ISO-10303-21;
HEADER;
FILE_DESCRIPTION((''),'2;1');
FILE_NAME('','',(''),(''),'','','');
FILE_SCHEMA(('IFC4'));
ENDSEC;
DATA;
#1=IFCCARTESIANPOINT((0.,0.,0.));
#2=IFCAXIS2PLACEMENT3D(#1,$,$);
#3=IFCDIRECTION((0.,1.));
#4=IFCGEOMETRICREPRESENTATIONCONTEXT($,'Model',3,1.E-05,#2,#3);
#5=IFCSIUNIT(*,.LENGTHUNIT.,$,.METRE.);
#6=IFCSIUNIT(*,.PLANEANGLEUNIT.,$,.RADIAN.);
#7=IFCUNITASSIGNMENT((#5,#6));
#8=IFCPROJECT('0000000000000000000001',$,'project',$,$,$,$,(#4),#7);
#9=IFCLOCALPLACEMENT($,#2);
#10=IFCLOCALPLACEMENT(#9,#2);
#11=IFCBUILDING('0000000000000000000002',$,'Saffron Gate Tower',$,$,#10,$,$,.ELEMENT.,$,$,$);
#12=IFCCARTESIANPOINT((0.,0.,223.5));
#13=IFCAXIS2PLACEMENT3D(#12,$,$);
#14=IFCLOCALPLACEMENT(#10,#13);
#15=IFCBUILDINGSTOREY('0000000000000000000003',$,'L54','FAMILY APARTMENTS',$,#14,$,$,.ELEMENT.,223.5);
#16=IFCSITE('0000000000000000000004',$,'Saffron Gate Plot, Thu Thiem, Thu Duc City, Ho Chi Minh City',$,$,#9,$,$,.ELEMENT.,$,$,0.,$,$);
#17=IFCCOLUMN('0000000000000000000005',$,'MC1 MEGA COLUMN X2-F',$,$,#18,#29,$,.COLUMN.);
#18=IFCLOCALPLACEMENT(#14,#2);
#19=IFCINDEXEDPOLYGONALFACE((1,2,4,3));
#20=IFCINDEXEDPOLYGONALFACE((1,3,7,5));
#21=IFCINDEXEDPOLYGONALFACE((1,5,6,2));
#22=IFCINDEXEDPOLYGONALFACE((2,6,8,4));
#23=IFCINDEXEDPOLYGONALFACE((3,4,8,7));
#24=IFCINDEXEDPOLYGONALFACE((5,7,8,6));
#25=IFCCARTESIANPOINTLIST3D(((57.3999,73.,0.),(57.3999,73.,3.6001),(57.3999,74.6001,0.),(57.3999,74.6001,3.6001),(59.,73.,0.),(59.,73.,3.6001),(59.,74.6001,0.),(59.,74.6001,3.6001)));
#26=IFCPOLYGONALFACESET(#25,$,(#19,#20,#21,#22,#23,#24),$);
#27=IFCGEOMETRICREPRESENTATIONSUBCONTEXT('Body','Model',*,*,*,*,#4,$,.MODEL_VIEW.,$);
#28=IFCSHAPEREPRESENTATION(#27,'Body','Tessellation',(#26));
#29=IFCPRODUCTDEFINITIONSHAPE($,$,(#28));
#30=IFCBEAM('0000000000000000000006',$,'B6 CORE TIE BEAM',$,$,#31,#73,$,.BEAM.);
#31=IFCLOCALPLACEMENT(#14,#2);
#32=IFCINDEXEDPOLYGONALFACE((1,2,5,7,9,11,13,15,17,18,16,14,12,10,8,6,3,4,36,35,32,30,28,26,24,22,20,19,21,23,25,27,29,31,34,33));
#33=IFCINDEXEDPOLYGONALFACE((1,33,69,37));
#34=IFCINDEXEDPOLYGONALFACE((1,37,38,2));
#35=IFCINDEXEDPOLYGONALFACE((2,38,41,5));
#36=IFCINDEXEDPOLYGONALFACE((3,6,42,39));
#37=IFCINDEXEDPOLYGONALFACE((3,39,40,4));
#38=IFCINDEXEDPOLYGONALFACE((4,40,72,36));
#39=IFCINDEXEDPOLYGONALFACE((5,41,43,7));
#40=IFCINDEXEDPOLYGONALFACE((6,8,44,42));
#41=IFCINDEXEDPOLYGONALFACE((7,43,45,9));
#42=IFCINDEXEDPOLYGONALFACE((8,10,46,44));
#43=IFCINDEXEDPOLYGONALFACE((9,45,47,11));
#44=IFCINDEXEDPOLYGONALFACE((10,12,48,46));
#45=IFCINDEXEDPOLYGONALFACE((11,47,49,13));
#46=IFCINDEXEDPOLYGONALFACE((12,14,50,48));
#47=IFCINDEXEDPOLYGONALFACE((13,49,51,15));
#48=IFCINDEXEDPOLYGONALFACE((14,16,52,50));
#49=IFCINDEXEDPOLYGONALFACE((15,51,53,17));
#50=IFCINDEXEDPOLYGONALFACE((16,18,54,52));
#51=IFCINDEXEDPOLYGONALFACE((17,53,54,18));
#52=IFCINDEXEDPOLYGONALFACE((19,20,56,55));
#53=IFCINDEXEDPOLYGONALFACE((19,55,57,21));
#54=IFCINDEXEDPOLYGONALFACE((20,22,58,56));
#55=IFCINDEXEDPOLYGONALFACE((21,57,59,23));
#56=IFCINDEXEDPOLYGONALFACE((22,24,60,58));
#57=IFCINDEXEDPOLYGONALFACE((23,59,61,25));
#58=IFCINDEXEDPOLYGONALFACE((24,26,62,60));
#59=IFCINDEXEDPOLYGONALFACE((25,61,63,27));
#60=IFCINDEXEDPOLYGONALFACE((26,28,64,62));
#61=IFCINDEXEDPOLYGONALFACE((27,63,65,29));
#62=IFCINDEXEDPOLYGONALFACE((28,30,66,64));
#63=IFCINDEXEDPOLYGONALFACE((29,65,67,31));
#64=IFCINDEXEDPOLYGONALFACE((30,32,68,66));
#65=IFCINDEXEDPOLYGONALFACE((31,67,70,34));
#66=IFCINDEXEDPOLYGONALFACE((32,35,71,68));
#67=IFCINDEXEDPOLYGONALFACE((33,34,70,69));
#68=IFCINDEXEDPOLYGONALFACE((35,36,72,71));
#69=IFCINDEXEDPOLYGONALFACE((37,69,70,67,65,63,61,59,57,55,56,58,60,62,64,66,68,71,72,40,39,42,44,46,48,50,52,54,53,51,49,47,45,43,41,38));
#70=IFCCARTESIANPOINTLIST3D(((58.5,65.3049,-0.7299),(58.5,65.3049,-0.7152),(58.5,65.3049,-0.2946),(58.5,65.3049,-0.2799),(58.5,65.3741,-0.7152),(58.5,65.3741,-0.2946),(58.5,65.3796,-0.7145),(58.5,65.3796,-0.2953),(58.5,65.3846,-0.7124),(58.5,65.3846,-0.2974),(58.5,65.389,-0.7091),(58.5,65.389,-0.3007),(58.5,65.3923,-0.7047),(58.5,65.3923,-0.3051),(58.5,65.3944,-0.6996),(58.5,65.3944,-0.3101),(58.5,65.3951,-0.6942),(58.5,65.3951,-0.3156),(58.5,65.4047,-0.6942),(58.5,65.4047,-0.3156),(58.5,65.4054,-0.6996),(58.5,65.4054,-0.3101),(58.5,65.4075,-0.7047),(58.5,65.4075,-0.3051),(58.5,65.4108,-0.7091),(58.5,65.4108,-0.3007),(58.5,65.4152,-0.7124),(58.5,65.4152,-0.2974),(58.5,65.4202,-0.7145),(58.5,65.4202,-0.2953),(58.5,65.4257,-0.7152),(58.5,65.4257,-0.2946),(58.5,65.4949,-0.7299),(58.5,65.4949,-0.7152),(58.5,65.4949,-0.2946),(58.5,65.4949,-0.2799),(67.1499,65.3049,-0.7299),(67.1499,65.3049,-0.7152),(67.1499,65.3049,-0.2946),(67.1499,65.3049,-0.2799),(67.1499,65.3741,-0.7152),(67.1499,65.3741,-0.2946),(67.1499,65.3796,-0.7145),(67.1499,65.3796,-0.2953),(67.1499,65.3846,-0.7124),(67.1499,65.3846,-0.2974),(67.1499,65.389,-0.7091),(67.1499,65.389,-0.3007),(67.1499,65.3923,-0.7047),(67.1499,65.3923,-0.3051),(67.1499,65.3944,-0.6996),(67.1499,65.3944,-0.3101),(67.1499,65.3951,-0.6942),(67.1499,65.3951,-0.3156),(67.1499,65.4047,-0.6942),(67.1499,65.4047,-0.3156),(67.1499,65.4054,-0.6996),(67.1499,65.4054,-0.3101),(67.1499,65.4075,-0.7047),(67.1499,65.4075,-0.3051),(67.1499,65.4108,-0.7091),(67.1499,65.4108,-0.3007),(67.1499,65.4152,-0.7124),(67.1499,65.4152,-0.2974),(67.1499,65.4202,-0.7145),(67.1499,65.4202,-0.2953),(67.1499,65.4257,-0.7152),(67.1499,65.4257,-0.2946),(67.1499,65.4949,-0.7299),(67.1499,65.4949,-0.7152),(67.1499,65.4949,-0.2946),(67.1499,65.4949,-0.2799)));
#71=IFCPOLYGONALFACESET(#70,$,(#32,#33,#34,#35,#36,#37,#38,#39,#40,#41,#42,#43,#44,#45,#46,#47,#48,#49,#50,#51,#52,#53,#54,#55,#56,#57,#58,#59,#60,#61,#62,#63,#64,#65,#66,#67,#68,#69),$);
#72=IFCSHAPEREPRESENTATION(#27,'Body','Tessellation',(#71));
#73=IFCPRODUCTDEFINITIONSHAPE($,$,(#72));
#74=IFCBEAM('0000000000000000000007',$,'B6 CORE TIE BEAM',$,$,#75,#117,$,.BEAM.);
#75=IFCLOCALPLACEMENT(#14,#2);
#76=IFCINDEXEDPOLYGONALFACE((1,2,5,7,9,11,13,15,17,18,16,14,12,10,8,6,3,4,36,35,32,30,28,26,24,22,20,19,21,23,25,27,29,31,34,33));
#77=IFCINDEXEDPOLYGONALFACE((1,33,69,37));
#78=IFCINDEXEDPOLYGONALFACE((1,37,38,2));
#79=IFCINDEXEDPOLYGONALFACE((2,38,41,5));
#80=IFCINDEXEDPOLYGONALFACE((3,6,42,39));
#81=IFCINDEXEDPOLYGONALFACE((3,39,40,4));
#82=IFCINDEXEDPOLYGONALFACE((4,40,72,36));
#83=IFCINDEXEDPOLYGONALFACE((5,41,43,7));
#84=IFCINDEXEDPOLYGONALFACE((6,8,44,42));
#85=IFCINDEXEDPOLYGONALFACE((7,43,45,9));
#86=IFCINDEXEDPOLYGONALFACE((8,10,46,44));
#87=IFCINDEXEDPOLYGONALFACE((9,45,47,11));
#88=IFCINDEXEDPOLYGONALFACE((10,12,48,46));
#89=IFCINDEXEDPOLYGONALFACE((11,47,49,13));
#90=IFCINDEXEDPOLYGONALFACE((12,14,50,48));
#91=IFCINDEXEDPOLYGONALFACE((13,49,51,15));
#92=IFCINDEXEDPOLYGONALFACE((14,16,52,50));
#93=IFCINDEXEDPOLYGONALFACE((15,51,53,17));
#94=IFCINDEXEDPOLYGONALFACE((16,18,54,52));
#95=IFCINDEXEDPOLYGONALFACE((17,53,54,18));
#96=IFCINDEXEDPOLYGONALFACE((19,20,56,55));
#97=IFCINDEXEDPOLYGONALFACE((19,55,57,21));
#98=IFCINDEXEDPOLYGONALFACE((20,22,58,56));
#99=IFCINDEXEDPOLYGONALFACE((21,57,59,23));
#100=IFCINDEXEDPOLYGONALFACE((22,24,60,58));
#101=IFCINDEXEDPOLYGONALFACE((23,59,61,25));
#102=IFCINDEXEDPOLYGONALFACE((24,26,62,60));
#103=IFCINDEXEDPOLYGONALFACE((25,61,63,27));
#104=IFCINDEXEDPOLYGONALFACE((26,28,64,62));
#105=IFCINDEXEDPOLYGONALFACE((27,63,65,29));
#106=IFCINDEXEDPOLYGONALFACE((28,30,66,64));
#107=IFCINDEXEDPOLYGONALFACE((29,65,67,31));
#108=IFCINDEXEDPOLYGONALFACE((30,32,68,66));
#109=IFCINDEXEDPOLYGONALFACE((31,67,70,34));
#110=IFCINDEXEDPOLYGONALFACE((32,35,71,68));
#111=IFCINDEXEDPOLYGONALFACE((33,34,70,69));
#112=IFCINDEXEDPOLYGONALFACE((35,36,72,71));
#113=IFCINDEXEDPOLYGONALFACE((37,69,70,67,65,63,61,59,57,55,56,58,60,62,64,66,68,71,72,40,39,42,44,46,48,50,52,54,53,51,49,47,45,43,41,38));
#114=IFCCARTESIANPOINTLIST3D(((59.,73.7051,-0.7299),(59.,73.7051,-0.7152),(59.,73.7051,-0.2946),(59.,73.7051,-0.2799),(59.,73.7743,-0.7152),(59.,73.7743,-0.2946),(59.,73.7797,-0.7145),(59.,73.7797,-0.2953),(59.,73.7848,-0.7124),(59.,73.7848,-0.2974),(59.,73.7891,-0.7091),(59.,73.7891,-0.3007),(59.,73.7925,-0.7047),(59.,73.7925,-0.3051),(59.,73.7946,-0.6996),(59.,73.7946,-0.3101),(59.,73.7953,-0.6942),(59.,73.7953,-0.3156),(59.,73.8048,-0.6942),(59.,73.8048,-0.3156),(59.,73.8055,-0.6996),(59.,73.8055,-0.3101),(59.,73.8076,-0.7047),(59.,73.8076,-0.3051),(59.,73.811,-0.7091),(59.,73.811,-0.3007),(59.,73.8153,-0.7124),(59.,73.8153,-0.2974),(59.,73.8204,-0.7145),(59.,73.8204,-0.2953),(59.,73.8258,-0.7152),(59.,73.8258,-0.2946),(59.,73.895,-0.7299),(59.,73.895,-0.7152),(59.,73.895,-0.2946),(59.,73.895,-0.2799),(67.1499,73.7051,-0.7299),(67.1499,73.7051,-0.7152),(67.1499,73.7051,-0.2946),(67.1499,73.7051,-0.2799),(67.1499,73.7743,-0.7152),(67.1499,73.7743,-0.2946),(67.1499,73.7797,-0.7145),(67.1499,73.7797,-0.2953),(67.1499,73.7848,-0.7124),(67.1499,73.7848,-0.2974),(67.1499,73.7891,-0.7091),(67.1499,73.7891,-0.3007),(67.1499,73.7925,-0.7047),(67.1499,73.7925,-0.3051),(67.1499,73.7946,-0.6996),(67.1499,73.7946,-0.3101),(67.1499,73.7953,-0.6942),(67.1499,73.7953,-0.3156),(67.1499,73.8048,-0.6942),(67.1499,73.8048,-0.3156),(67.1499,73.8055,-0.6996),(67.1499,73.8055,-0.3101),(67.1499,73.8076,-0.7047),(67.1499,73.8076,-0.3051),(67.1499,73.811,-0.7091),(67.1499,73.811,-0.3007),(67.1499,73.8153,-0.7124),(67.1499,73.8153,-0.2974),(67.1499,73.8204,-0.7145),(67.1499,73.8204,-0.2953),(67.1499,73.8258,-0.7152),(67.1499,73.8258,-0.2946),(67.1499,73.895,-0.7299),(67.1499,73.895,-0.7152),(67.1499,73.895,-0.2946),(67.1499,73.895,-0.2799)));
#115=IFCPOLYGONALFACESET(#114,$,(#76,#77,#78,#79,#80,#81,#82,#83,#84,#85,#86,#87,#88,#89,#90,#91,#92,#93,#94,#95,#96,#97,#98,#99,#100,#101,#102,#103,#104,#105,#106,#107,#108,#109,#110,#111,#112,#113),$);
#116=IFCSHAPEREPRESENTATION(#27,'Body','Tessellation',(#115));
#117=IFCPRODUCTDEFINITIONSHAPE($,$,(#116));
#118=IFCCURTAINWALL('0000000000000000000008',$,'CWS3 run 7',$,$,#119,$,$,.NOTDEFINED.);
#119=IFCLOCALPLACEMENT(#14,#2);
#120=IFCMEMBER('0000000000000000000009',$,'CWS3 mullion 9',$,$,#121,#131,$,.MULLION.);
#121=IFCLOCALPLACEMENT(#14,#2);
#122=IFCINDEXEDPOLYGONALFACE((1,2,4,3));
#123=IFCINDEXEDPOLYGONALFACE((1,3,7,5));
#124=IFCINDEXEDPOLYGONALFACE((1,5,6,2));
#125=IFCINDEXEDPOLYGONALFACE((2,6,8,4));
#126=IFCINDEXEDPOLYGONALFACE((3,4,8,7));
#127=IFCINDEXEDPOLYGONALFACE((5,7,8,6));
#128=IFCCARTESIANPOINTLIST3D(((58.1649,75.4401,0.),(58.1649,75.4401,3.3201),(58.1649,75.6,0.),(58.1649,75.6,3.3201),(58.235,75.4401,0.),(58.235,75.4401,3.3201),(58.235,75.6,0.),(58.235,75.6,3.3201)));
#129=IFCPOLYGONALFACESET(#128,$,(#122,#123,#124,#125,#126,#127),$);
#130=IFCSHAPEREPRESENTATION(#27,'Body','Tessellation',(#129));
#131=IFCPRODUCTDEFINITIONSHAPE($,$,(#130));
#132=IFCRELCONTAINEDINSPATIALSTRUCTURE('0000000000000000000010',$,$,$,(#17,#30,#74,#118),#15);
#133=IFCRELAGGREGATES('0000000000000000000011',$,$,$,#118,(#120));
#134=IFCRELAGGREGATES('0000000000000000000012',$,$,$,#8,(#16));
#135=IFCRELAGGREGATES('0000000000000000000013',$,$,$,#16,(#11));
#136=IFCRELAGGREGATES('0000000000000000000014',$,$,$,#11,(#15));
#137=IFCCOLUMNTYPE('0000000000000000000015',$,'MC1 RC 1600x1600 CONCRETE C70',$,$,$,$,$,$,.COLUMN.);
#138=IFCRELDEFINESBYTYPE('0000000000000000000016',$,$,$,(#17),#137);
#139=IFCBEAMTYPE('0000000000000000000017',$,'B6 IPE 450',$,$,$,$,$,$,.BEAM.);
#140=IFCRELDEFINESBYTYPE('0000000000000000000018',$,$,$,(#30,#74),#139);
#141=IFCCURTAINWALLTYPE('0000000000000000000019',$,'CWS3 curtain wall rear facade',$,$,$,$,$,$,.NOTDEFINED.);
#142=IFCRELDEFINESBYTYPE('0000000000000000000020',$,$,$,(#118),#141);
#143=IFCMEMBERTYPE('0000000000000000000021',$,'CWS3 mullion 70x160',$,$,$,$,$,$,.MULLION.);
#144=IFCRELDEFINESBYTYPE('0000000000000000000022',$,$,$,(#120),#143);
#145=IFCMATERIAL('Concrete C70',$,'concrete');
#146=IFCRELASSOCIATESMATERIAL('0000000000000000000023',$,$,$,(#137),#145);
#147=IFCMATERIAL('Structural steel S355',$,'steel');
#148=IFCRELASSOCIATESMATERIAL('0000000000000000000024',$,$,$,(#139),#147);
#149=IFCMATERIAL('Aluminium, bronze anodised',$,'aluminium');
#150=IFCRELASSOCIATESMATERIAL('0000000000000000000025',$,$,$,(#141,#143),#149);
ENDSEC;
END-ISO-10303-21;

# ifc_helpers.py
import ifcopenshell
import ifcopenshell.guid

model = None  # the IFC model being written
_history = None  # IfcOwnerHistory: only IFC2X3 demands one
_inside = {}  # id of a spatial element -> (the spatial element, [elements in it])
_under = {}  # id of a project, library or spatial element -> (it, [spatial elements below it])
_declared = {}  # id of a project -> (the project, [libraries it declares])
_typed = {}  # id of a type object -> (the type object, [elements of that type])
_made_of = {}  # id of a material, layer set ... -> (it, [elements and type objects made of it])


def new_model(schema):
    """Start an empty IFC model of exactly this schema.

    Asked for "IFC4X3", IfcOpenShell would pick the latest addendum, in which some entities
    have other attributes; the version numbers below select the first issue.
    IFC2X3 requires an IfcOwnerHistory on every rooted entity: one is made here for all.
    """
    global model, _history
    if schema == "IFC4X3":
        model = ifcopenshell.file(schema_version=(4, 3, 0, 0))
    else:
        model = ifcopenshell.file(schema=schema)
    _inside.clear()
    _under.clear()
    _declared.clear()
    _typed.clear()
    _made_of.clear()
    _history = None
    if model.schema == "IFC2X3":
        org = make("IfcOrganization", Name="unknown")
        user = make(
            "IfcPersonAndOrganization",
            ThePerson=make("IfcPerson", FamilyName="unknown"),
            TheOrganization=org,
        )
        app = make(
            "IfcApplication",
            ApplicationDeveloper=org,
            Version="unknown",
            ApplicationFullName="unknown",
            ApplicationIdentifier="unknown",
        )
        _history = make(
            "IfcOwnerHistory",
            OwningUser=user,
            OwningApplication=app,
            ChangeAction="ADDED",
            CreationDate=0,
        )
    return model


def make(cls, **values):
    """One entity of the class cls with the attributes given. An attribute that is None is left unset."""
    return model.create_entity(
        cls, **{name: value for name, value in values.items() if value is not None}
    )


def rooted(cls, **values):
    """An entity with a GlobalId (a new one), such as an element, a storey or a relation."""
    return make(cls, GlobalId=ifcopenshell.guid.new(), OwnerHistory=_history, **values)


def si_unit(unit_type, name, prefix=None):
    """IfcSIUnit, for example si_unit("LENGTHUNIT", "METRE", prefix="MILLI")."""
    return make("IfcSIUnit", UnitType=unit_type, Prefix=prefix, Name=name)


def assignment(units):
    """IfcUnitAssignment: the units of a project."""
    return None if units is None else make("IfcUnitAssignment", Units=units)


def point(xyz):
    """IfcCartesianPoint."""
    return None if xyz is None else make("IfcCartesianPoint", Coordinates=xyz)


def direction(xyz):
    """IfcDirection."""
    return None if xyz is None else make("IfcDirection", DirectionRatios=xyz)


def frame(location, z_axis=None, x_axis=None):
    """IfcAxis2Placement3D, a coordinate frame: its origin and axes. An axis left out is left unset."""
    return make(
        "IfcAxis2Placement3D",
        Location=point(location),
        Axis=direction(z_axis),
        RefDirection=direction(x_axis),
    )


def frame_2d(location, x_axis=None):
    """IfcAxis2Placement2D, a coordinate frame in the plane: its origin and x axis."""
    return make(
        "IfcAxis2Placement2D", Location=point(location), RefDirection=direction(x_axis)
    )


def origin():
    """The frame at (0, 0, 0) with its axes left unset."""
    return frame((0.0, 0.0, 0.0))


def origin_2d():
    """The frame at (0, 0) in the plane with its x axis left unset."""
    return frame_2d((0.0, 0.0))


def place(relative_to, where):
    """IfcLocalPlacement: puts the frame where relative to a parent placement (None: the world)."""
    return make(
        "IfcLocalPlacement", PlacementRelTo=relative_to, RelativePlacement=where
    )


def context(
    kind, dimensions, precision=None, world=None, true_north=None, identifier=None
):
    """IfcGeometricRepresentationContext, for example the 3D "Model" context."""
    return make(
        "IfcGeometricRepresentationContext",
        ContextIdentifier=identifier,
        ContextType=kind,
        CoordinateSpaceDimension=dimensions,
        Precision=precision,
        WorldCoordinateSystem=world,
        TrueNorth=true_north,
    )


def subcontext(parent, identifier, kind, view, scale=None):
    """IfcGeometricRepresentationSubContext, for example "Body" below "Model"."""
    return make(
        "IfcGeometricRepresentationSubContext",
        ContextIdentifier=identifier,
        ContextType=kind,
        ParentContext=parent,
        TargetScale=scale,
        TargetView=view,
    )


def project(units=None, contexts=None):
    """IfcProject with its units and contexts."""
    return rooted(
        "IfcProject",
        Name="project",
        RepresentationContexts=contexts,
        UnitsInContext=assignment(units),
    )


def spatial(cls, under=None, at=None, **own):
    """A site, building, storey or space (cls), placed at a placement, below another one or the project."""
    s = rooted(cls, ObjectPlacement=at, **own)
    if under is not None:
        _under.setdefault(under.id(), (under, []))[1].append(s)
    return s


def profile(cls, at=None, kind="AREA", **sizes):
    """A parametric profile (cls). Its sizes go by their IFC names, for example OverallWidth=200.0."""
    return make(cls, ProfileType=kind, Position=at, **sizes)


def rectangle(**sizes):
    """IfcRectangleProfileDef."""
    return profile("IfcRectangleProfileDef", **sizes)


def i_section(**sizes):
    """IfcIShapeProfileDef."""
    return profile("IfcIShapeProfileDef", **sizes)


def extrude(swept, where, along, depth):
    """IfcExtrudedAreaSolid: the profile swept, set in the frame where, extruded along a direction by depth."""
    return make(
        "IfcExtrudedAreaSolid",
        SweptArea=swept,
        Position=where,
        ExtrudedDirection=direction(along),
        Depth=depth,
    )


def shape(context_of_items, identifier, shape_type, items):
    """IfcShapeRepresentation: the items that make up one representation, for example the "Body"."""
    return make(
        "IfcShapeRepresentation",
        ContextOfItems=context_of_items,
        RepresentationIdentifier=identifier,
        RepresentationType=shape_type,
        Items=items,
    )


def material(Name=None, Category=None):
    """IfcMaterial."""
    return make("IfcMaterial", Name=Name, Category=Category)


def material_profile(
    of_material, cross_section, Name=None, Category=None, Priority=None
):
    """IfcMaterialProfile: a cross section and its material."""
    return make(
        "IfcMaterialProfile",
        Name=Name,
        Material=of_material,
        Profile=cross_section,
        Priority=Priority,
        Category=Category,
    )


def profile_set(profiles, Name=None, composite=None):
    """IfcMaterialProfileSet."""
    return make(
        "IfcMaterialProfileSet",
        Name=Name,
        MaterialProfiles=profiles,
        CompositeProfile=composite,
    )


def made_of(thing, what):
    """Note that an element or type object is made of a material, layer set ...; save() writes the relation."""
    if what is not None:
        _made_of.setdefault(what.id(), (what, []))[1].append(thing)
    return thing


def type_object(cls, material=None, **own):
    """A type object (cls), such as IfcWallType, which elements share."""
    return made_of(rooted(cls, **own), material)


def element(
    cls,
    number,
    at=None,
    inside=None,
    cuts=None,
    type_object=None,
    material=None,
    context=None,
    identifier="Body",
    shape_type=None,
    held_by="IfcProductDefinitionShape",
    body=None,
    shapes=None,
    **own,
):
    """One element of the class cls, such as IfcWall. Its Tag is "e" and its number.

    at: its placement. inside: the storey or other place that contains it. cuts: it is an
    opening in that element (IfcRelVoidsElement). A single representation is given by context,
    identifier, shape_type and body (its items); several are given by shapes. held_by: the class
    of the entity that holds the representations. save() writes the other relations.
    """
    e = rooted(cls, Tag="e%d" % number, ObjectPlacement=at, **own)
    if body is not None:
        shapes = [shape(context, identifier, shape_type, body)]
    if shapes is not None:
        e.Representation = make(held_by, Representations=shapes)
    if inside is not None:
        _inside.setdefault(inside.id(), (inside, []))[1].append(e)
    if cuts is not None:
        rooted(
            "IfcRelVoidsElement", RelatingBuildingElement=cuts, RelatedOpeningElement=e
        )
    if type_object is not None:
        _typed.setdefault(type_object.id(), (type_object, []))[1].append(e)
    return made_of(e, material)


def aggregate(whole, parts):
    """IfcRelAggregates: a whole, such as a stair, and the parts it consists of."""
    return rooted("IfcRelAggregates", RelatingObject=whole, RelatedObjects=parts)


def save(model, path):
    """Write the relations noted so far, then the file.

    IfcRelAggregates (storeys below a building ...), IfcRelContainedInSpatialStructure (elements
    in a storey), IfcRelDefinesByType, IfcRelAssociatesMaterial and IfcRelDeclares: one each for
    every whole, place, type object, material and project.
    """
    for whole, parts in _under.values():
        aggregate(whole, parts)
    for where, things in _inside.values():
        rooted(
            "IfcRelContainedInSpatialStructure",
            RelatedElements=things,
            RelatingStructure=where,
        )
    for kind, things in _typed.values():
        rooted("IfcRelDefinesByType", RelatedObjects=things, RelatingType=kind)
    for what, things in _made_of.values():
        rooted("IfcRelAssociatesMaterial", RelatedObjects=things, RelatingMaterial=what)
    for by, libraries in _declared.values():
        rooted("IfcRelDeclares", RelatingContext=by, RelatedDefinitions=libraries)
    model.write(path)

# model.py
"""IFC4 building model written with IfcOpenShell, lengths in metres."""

from ifc_helpers import new_model, si_unit, direction, frame, origin, origin_2d, place, context, subcontext, project, spatial, rectangle, i_section, extrude, material, material_profile, profile_set, type_object, element, aggregate, save


model = new_model("IFC4")

# Units and contexts
model_context = context("Model", 3, precision=1e-05, world=origin(), true_north=direction((0.0, 1.0)))
body_context = subcontext(model_context, "Body", "Model", "MODEL_VIEW")
ifc_project = project(units=[si_unit("LENGTHUNIT", "METRE"), si_unit("PLANEANGLEUNIT", "RADIAN")], contexts=[model_context])

# Site, building, storey
site_placement = place(None, origin())
site = spatial("IfcSite", under=ifc_project, at=site_placement, Name="Saffron Gate Plot, Thu Thiem, Thu Duc City, Ho Chi Minh City", CompositionType="ELEMENT", RefElevation=0.0)
building_placement = place(site_placement, origin())
building = spatial("IfcBuilding", under=site, at=building_placement, Name="Saffron Gate Tower", CompositionType="ELEMENT")
storey_placement = place(building_placement, frame((0.0, 0.0, 223.5)))
storey = spatial("IfcBuildingStorey", under=building, at=storey_placement, Name="L54", Description="FAMILY APARTMENTS", CompositionType="ELEMENT", Elevation=223.5)

# Column
ifc_material_1 = material(Name="Concrete C70", Category="concrete")
ifc_material_profile_1 = material_profile(ifc_material_1, rectangle(XDim=1.6001, YDim=1.6001, at=origin_2d()))
ifc_profile_set_1 = profile_set([ifc_material_profile_1], Name="Concrete C70")
column_type = type_object("IfcColumnType", Name="MC1 RC 1600x1600 CONCRETE C70", PredefinedType="COLUMN", material=ifc_profile_set_1)
column_placement = place(storey_placement, frame((58.2, 73.8, 0.0), z_axis=(0.0, 0.0, 1.0), x_axis=(1.0, 0.0, 0.0)))
element("IfcColumn", 1, at=column_placement, inside=storey, type_object=column_type, Name="MC1 MEGA COLUMN X2-F", PredefinedType="COLUMN", context=body_context, shape_type="SweptSolid", body=[
    extrude(rectangle(XDim=1.6001, YDim=1.6001, at=origin_2d()), origin(), (0.0, 0.0, 1.0), 3.6001),
])

# Beams
ifc_material_2 = material(Name="Structural steel S355", Category="steel")
ifc_material_profile_2 = material_profile(ifc_material_2, i_section(OverallWidth=0.1899, OverallDepth=0.45, WebThickness=0.0095, FlangeThickness=0.0146, FilletRadius=0.021, at=origin_2d()))
ifc_profile_set_2 = profile_set([ifc_material_profile_2], Name="Structural steel S355")
beam_type = type_object("IfcBeamType", Name="B6 IPE 450", PredefinedType="BEAM", material=ifc_profile_set_2)
beam_1_placement = place(storey_placement, frame((58.5, 65.3999, -0.5049), z_axis=(1.0, 0.0, 0.0), x_axis=(0.0, 1.0, 0.0)))
element("IfcBeam", 2, at=beam_1_placement, inside=storey, type_object=beam_type, Name="B6 CORE TIE BEAM", PredefinedType="BEAM", context=body_context, shape_type="SweptSolid", body=[
    extrude(i_section(OverallWidth=0.1899, OverallDepth=0.45, WebThickness=0.0095, FlangeThickness=0.0146, FilletRadius=0.021, at=origin_2d()), origin(), (0.0, 0.0, 1.0), 8.6499),
])
beam_2_placement = place(storey_placement, frame((59.0, 73.8, -0.5049), z_axis=(1.0, 0.0, 0.0), x_axis=(0.0, 1.0, 0.0)))
element("IfcBeam", 3, at=beam_2_placement, inside=storey, type_object=beam_type, Name="B6 CORE TIE BEAM", PredefinedType="BEAM", context=body_context, shape_type="SweptSolid", body=[
    extrude(i_section(OverallWidth=0.1899, OverallDepth=0.45, WebThickness=0.0095, FlangeThickness=0.0146, FilletRadius=0.021, at=origin_2d()), origin(), (0.0, 0.0, 1.0), 8.1499),
])

# Curtain wall, member
ifc_material_3 = material(Name="Aluminium, bronze anodised", Category="aluminium")
curtain_wall_type = type_object("IfcCurtainWallType", Name="CWS3 curtain wall rear facade", PredefinedType="NOTDEFINED", material=ifc_material_3)
curtain_wall_placement = place(storey_placement, origin())
curtain_wall = element("IfcCurtainWall", 4, at=curtain_wall_placement, inside=storey, type_object=curtain_wall_type, Name="CWS3 run 7", PredefinedType="NOTDEFINED")
ifc_material_profile_3 = material_profile(ifc_material_3, rectangle(XDim=0.1599, YDim=0.0701, at=origin_2d()))
ifc_profile_set_3 = profile_set([ifc_material_profile_3], Name="Aluminium, bronze anodised")
member_type = type_object("IfcMemberType", Name="CWS3 mullion 70x160", PredefinedType="MULLION", material=ifc_profile_set_3)
member_placement = place(storey_placement, frame((58.2, 75.52, 0.0), z_axis=(0.0, 0.0, 1.0), x_axis=(0.0, -1.0, 0.0)))
member = element("IfcMember", 5, at=member_placement, type_object=member_type, Name="CWS3 mullion 9", PredefinedType="MULLION", context=body_context, shape_type="SweptSolid", body=[
    extrude(rectangle(XDim=0.1599, YDim=0.0701, at=origin_2d()), origin(), (0.0, 0.0, 1.0), 3.3201),
])
aggregate(curtain_wall, [member])

save(model, "model.ifc")
